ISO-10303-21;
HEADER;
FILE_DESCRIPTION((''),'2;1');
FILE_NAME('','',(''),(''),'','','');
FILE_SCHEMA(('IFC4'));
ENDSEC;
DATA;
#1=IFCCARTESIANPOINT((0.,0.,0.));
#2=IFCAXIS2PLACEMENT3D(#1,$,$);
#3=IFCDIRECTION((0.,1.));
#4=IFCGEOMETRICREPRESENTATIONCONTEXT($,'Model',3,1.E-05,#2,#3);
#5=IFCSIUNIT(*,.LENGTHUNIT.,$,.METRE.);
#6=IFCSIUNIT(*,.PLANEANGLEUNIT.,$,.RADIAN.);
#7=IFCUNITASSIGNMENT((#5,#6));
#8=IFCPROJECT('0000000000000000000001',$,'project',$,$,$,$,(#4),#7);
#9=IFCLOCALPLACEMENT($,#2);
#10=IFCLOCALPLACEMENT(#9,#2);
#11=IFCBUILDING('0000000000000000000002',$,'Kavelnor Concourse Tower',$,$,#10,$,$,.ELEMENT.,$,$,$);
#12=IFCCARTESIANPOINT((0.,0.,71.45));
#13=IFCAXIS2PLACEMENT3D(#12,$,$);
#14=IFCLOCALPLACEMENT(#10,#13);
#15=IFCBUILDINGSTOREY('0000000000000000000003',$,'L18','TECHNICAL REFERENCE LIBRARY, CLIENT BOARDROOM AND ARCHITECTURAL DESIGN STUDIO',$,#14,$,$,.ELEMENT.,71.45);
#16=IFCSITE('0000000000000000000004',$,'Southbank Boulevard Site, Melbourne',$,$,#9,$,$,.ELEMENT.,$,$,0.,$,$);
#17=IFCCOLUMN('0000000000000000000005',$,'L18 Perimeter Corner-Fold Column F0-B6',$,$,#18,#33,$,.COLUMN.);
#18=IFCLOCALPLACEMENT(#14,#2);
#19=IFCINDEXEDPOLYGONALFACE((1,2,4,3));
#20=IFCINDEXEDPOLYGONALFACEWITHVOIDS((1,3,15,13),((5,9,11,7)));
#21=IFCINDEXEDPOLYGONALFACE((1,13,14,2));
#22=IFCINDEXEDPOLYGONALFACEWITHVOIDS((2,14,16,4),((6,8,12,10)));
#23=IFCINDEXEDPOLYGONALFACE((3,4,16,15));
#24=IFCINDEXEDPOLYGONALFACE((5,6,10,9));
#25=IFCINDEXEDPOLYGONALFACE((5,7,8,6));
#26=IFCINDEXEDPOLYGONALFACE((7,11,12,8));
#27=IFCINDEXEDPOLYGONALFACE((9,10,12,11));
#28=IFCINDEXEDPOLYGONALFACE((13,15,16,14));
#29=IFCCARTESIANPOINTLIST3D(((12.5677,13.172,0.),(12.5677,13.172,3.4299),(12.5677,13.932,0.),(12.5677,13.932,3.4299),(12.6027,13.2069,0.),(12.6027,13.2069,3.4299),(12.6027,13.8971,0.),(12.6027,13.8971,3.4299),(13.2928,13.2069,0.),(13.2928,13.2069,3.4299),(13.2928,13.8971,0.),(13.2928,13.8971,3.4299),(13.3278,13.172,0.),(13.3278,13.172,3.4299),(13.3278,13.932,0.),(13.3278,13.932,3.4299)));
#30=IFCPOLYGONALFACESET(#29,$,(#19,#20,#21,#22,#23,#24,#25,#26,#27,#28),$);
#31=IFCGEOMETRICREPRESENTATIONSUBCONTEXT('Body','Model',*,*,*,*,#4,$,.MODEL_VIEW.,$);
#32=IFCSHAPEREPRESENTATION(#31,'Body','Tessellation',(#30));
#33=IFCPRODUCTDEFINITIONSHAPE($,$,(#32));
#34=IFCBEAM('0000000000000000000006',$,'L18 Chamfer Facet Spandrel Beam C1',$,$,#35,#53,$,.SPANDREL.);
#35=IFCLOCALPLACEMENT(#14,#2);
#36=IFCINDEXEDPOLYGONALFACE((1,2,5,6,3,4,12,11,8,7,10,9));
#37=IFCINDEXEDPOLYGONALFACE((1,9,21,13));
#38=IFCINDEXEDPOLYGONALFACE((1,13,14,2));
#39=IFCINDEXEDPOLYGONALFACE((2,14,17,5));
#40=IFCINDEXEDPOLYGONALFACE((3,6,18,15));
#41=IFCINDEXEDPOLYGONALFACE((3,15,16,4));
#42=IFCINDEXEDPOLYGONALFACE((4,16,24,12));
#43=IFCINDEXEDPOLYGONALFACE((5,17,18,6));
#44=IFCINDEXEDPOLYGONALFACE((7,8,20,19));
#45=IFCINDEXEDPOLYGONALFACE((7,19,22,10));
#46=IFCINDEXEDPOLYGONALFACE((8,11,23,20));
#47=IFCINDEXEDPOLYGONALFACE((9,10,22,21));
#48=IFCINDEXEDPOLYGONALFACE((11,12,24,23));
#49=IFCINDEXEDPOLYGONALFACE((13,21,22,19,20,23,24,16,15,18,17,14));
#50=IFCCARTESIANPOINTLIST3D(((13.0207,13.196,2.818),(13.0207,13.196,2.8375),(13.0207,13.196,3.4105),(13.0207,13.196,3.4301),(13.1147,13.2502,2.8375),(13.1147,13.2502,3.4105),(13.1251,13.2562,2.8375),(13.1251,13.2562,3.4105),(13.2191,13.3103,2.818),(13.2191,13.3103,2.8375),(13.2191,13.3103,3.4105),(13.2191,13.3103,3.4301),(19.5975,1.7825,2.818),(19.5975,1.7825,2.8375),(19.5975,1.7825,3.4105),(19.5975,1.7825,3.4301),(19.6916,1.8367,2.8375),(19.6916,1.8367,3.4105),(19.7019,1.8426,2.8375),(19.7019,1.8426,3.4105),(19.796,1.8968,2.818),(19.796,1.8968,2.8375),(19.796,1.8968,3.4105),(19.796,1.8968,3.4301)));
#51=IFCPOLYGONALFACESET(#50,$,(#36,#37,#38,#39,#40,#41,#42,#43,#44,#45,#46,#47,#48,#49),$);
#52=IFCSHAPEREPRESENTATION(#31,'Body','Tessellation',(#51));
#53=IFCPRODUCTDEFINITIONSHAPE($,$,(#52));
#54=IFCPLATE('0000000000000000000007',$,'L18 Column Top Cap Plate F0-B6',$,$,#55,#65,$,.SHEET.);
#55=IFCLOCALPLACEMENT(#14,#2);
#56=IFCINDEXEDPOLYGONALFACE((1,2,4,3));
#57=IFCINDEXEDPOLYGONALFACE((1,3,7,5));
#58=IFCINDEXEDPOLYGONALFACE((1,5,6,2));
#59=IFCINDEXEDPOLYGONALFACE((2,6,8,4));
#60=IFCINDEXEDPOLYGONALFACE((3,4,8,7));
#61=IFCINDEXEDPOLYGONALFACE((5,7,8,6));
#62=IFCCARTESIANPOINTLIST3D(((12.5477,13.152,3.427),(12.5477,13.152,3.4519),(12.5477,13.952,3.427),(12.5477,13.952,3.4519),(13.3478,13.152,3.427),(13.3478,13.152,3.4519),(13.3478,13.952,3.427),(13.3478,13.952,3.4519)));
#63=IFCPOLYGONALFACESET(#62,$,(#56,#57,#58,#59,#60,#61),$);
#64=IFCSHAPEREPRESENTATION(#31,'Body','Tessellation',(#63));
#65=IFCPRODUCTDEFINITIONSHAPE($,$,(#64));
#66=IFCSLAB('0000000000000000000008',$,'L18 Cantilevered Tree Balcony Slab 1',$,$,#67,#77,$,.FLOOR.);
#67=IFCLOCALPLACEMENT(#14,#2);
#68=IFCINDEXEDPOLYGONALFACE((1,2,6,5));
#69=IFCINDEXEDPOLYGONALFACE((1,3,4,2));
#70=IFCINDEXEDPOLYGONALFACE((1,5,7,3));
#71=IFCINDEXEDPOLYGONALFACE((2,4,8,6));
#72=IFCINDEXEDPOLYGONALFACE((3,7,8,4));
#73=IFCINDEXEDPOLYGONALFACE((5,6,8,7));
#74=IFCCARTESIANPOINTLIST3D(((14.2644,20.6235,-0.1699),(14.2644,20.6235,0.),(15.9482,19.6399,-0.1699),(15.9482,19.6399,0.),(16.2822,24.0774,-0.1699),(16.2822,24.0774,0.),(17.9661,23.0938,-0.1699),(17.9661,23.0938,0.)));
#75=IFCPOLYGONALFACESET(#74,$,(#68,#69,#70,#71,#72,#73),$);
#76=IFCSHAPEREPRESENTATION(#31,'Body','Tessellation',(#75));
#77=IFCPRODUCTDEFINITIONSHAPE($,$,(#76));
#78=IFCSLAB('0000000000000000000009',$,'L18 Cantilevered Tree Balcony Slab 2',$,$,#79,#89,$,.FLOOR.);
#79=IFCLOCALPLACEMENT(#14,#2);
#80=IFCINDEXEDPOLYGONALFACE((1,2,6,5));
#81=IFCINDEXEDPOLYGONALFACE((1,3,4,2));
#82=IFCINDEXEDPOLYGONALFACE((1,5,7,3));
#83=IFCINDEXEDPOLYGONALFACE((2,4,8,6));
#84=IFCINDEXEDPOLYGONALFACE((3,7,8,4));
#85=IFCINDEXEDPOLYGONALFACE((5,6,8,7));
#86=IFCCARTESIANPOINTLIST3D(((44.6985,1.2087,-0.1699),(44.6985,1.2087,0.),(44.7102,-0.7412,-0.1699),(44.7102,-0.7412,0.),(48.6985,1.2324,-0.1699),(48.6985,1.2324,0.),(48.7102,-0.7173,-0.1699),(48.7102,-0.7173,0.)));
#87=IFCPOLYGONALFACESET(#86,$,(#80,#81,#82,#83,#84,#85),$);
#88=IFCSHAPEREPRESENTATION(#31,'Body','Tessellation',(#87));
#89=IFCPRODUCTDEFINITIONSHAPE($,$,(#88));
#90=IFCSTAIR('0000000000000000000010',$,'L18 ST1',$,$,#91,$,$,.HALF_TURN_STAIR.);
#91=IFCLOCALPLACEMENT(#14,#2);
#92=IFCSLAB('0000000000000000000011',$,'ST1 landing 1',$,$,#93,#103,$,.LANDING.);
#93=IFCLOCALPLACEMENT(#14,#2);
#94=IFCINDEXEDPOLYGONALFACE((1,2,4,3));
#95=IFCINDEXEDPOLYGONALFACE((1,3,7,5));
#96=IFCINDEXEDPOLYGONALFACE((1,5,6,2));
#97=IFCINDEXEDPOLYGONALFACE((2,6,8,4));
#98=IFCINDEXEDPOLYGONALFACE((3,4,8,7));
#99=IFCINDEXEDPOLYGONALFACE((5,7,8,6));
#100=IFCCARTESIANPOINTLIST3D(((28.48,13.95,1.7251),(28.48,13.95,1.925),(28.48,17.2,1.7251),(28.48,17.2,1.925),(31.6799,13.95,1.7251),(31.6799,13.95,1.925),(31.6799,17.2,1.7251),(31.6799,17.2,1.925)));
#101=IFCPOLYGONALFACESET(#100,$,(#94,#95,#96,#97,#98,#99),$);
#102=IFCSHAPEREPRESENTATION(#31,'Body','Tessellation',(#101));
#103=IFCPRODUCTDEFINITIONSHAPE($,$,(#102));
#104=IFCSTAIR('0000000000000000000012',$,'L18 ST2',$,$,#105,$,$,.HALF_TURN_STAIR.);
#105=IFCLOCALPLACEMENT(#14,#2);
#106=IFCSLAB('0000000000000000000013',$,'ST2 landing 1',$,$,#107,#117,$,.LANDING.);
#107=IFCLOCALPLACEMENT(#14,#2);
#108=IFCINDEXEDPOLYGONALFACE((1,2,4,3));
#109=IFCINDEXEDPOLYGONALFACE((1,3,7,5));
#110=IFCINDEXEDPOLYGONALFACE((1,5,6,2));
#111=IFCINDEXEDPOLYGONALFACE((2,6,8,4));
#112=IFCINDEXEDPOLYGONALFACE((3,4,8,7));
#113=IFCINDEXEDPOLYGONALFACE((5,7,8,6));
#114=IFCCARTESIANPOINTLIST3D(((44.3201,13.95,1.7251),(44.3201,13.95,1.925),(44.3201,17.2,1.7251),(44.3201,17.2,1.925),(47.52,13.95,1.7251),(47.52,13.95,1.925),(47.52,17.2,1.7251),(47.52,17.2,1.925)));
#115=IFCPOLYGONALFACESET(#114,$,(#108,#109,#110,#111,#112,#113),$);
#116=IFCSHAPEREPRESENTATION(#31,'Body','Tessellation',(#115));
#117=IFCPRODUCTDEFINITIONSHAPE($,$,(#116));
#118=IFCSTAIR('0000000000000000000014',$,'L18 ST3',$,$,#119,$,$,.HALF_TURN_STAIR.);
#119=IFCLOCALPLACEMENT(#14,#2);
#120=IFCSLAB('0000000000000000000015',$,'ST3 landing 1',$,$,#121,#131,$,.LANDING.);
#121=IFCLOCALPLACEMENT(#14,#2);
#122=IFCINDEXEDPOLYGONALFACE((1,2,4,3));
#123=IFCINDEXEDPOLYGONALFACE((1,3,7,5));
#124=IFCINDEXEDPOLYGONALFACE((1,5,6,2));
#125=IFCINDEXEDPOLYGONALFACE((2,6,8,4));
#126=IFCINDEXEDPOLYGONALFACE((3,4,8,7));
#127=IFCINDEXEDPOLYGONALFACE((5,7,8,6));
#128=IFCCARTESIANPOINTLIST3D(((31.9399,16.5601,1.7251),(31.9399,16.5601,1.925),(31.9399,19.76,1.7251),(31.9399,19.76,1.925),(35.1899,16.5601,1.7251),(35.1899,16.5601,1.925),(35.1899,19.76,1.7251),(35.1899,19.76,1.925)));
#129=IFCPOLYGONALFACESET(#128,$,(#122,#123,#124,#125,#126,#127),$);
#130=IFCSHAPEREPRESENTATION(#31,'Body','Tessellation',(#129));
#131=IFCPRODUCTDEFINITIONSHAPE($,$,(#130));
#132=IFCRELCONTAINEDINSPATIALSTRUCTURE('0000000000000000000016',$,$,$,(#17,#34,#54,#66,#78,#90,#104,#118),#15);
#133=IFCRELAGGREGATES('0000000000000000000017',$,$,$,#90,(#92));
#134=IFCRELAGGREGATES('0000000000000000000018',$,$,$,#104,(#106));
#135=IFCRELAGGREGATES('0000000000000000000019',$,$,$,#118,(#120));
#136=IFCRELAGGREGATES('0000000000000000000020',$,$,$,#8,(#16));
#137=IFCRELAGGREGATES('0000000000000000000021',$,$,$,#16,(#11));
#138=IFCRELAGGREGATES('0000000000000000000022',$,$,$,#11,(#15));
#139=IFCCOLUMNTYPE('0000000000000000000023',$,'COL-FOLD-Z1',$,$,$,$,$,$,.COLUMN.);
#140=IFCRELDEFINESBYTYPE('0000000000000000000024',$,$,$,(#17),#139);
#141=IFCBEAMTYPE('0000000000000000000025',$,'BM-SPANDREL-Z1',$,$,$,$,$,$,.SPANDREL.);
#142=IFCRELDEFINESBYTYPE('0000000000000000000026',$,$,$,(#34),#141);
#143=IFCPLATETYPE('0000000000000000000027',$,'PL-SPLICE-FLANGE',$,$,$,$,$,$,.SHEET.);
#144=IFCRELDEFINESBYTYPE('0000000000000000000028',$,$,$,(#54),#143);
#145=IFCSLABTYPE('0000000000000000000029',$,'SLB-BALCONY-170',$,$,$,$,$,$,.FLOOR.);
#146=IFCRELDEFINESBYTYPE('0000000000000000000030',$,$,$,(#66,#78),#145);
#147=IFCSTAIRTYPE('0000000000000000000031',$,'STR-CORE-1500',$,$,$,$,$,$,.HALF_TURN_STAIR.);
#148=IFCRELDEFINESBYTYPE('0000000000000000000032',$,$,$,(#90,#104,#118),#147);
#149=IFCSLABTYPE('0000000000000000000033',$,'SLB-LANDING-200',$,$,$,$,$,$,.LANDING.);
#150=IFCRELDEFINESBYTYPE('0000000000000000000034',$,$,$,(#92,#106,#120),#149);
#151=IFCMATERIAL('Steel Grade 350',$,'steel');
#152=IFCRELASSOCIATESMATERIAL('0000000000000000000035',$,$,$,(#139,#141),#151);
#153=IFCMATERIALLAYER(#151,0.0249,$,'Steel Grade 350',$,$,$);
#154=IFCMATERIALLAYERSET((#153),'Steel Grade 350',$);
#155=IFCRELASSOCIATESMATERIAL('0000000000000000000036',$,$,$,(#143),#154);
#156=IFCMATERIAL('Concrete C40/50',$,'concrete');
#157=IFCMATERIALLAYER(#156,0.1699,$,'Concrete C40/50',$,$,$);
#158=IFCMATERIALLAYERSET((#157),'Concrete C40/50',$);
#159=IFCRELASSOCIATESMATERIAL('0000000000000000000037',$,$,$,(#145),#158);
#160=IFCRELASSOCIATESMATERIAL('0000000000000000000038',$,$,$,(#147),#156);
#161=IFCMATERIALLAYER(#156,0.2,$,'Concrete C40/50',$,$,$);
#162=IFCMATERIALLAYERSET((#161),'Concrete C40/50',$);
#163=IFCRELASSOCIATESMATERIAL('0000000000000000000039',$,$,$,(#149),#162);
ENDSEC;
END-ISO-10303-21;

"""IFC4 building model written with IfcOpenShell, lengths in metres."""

from ifc_helpers import new_model, si_unit, direction, frame, origin, origin_2d, place, context, subcontext, project, spatial, polyline, rectangle, hollow_rectangle, i_section, outline, extrude, material, layer, layer_set, material_profile, profile_set, type_object, element, aggregate, save


model = new_model("IFC4")

# Units and contexts
model_context = context("Model", 3, precision=1e-05, world=origin(), true_north=direction((0.0, 1.0)))
body_context = subcontext(model_context, "Body", "Model", "MODEL_VIEW")
ifc_project = project(units=[si_unit("LENGTHUNIT", "METRE"), si_unit("PLANEANGLEUNIT", "RADIAN")], contexts=[model_context])

# Site, building, storey
site_placement = place(None, origin())
site = spatial("IfcSite", under=ifc_project, at=site_placement, Name="Southbank Boulevard Site, Melbourne", CompositionType="ELEMENT", RefElevation=0.0)
building_placement = place(site_placement, origin())
building = spatial("IfcBuilding", under=site, at=building_placement, Name="Kavelnor Concourse Tower", CompositionType="ELEMENT")
storey_placement = place(building_placement, frame((0.0, 0.0, 71.45)))
storey = spatial("IfcBuildingStorey", under=building, at=storey_placement, Name="L18", Description="TECHNICAL REFERENCE LIBRARY, CLIENT BOARDROOM AND ARCHITECTURAL DESIGN STUDIO", CompositionType="ELEMENT", Elevation=71.45)

# Column
ifc_material_1 = material(Name="Steel Grade 350", Category="steel")
ifc_material_profile_1 = material_profile(ifc_material_1, hollow_rectangle(XDim=0.76, YDim=0.76, WallThickness=0.0349, at=origin_2d()), Name="SHS 760x760x35")
ifc_profile_set_1 = profile_set([ifc_material_profile_1], Name="Steel Grade 350")
column_type = type_object("IfcColumnType", Name="COL-FOLD-Z1", PredefinedType="COLUMN", material=ifc_profile_set_1)
column_placement = place(storey_placement, frame((12.9478, 13.552, 0.0), z_axis=(0.0, 0.0, 1.0), x_axis=(1.0, 0.0, 0.0)))
element("IfcColumn", 1, at=column_placement, inside=storey, type_object=column_type, Name="L18 Perimeter Corner-Fold Column F0-B6", PredefinedType="COLUMN", context=body_context, shape_type="SweptSolid", body=[
    extrude(hollow_rectangle(XDim=0.76, YDim=0.76, WallThickness=0.0349, at=origin_2d()), origin(), (0.0, 0.0, 1.0), 3.4299),
])

# Beam
ifc_material_profile_2 = material_profile(ifc_material_1, i_section(OverallWidth=0.229, OverallDepth=0.6121, WebThickness=0.012, FlangeThickness=0.0195, at=origin_2d()), Name="610UB125")
ifc_profile_set_2 = profile_set([ifc_material_profile_2], Name="Steel Grade 350")
beam_type = type_object("IfcBeamType", Name="BM-SPANDREL-Z1", PredefinedType="SPANDREL", material=ifc_profile_set_2)
beam_placement = place(storey_placement, frame((13.1199, 13.2532, 3.124), z_axis=(0.499275, -0.866443, 0.0), x_axis=(0.866443, 0.499275, 0.0)))
element("IfcBeam", 2, at=beam_placement, inside=storey, type_object=beam_type, Name="L18 Chamfer Facet Spandrel Beam C1", PredefinedType="SPANDREL", context=body_context, shape_type="SweptSolid", body=[
    extrude(i_section(OverallWidth=0.229, OverallDepth=0.6121, WebThickness=0.012, FlangeThickness=0.0195, at=origin_2d()), origin(), (0.0, 0.0, 1.0), 13.1729),
])

# Plate
ifc_layer_1 = layer(ifc_material_1, 0.0249, Name="Steel Grade 350")
ifc_layer_set_1 = layer_set([ifc_layer_1], Name="Steel Grade 350")
plate_type = type_object("IfcPlateType", Name="PL-SPLICE-FLANGE", PredefinedType="SHEET", material=ifc_layer_set_1)
plate_placement = place(storey_placement, frame((12.9478, 13.552, 3.427), z_axis=(0.0, 0.0, 1.0), x_axis=(1.0, 0.0, 0.0)))
element("IfcPlate", 3, at=plate_placement, inside=storey, type_object=plate_type, Name="L18 Column Top Cap Plate F0-B6", PredefinedType="SHEET", context=body_context, shape_type="SweptSolid", body=[
    extrude(rectangle(XDim=0.8, YDim=0.8, at=origin_2d()), origin(), (0.0, 0.0, 1.0), 0.0249),
])

# Slabs
ifc_material_2 = material(Name="Concrete C40/50", Category="concrete")
ifc_layer_2 = layer(ifc_material_2, 0.1699, Name="Concrete C40/50")
ifc_layer_set_2 = layer_set([ifc_layer_2], Name="Concrete C40/50")
slab_type_1 = type_object("IfcSlabType", Name="SLB-BALCONY-170", PredefinedType="FLOOR", material=ifc_layer_set_2)
slab_1_placement = place(storey_placement, frame((0.0, 0.0, -0.1699)))
element("IfcSlab", 4, at=slab_1_placement, inside=storey, type_object=slab_type_1, Name="L18 Cantilevered Tree Balcony Slab 1", PredefinedType="FLOOR", context=body_context, shape_type="SweptSolid", body=[
    extrude(outline(polyline([(14.2644, 20.6235), (16.2822, 24.0774), (17.9661, 23.0938), (15.9482, 19.6399), (14.2644, 20.6235)])), origin(), (0.0, 0.0, 1.0), 0.1699),
])
slab_2_placement = place(storey_placement, frame((0.0, 0.0, -0.1699)))
element("IfcSlab", 5, at=slab_2_placement, inside=storey, type_object=slab_type_1, Name="L18 Cantilevered Tree Balcony Slab 2", PredefinedType="FLOOR", context=body_context, shape_type="SweptSolid", body=[
    extrude(outline(polyline([(48.7102, -0.7173), (44.7102, -0.7412), (44.6985, 1.2087), (48.6985, 1.2324), (48.7102, -0.7173)])), origin(), (0.0, 0.0, 1.0), 0.1699),
])

# Stairs, slabs
stair_type = type_object("IfcStairType", Name="STR-CORE-1500", PredefinedType="HALF_TURN_STAIR", material=ifc_material_2)
stair_1_placement = place(storey_placement, origin())
stair_1 = element("IfcStair", 6, at=stair_1_placement, inside=storey, type_object=stair_type, Name="L18 ST1", PredefinedType="HALF_TURN_STAIR")
ifc_layer_3 = layer(ifc_material_2, 0.2, Name="Concrete C40/50")
ifc_layer_set_3 = layer_set([ifc_layer_3], Name="Concrete C40/50")
slab_type_2 = type_object("IfcSlabType", Name="SLB-LANDING-200", PredefinedType="LANDING", material=ifc_layer_set_3)
slab_3_placement = place(storey_placement, frame((0.0, 0.0, 1.7251)))
slab_3 = element("IfcSlab", 7, at=slab_3_placement, type_object=slab_type_2, Name="ST1 landing 1", PredefinedType="LANDING", context=body_context, shape_type="SweptSolid", body=[
    extrude(outline(polyline([(31.6799, 13.95), (31.6799, 17.2), (28.48, 17.2), (28.48, 13.95), (31.6799, 13.95)])), origin(), (0.0, 0.0, 1.0), 0.2),
])
aggregate(stair_1, [slab_3])
stair_2_placement = place(storey_placement, origin())
stair_2 = element("IfcStair", 8, at=stair_2_placement, inside=storey, type_object=stair_type, Name="L18 ST2", PredefinedType="HALF_TURN_STAIR")
slab_4_placement = place(storey_placement, frame((0.0, 0.0, 1.7251)))
slab_4 = element("IfcSlab", 9, at=slab_4_placement, type_object=slab_type_2, Name="ST2 landing 1", PredefinedType="LANDING", context=body_context, shape_type="SweptSolid", body=[
    extrude(outline(polyline([(47.52, 13.95), (47.52, 17.2), (44.3201, 17.2), (44.3201, 13.95), (47.52, 13.95)])), origin(), (0.0, 0.0, 1.0), 0.2),
])
aggregate(stair_2, [slab_4])
stair_3_placement = place(storey_placement, origin())
stair_3 = element("IfcStair", 10, at=stair_3_placement, inside=storey, type_object=stair_type, Name="L18 ST3", PredefinedType="HALF_TURN_STAIR")
slab_5_placement = place(storey_placement, frame((0.0, 0.0, 1.7251)))
slab_5 = element("IfcSlab", 11, at=slab_5_placement, type_object=slab_type_2, Name="ST3 landing 1", PredefinedType="LANDING", context=body_context, shape_type="SweptSolid", body=[
    extrude(outline(polyline([(35.1899, 19.76), (31.9399, 19.76), (31.9399, 16.5601), (35.1899, 16.5601), (35.1899, 19.76)])), origin(), (0.0, 0.0, 1.0), 0.2),
])
aggregate(stair_3, [slab_5])

save(model, "model.ifc")
